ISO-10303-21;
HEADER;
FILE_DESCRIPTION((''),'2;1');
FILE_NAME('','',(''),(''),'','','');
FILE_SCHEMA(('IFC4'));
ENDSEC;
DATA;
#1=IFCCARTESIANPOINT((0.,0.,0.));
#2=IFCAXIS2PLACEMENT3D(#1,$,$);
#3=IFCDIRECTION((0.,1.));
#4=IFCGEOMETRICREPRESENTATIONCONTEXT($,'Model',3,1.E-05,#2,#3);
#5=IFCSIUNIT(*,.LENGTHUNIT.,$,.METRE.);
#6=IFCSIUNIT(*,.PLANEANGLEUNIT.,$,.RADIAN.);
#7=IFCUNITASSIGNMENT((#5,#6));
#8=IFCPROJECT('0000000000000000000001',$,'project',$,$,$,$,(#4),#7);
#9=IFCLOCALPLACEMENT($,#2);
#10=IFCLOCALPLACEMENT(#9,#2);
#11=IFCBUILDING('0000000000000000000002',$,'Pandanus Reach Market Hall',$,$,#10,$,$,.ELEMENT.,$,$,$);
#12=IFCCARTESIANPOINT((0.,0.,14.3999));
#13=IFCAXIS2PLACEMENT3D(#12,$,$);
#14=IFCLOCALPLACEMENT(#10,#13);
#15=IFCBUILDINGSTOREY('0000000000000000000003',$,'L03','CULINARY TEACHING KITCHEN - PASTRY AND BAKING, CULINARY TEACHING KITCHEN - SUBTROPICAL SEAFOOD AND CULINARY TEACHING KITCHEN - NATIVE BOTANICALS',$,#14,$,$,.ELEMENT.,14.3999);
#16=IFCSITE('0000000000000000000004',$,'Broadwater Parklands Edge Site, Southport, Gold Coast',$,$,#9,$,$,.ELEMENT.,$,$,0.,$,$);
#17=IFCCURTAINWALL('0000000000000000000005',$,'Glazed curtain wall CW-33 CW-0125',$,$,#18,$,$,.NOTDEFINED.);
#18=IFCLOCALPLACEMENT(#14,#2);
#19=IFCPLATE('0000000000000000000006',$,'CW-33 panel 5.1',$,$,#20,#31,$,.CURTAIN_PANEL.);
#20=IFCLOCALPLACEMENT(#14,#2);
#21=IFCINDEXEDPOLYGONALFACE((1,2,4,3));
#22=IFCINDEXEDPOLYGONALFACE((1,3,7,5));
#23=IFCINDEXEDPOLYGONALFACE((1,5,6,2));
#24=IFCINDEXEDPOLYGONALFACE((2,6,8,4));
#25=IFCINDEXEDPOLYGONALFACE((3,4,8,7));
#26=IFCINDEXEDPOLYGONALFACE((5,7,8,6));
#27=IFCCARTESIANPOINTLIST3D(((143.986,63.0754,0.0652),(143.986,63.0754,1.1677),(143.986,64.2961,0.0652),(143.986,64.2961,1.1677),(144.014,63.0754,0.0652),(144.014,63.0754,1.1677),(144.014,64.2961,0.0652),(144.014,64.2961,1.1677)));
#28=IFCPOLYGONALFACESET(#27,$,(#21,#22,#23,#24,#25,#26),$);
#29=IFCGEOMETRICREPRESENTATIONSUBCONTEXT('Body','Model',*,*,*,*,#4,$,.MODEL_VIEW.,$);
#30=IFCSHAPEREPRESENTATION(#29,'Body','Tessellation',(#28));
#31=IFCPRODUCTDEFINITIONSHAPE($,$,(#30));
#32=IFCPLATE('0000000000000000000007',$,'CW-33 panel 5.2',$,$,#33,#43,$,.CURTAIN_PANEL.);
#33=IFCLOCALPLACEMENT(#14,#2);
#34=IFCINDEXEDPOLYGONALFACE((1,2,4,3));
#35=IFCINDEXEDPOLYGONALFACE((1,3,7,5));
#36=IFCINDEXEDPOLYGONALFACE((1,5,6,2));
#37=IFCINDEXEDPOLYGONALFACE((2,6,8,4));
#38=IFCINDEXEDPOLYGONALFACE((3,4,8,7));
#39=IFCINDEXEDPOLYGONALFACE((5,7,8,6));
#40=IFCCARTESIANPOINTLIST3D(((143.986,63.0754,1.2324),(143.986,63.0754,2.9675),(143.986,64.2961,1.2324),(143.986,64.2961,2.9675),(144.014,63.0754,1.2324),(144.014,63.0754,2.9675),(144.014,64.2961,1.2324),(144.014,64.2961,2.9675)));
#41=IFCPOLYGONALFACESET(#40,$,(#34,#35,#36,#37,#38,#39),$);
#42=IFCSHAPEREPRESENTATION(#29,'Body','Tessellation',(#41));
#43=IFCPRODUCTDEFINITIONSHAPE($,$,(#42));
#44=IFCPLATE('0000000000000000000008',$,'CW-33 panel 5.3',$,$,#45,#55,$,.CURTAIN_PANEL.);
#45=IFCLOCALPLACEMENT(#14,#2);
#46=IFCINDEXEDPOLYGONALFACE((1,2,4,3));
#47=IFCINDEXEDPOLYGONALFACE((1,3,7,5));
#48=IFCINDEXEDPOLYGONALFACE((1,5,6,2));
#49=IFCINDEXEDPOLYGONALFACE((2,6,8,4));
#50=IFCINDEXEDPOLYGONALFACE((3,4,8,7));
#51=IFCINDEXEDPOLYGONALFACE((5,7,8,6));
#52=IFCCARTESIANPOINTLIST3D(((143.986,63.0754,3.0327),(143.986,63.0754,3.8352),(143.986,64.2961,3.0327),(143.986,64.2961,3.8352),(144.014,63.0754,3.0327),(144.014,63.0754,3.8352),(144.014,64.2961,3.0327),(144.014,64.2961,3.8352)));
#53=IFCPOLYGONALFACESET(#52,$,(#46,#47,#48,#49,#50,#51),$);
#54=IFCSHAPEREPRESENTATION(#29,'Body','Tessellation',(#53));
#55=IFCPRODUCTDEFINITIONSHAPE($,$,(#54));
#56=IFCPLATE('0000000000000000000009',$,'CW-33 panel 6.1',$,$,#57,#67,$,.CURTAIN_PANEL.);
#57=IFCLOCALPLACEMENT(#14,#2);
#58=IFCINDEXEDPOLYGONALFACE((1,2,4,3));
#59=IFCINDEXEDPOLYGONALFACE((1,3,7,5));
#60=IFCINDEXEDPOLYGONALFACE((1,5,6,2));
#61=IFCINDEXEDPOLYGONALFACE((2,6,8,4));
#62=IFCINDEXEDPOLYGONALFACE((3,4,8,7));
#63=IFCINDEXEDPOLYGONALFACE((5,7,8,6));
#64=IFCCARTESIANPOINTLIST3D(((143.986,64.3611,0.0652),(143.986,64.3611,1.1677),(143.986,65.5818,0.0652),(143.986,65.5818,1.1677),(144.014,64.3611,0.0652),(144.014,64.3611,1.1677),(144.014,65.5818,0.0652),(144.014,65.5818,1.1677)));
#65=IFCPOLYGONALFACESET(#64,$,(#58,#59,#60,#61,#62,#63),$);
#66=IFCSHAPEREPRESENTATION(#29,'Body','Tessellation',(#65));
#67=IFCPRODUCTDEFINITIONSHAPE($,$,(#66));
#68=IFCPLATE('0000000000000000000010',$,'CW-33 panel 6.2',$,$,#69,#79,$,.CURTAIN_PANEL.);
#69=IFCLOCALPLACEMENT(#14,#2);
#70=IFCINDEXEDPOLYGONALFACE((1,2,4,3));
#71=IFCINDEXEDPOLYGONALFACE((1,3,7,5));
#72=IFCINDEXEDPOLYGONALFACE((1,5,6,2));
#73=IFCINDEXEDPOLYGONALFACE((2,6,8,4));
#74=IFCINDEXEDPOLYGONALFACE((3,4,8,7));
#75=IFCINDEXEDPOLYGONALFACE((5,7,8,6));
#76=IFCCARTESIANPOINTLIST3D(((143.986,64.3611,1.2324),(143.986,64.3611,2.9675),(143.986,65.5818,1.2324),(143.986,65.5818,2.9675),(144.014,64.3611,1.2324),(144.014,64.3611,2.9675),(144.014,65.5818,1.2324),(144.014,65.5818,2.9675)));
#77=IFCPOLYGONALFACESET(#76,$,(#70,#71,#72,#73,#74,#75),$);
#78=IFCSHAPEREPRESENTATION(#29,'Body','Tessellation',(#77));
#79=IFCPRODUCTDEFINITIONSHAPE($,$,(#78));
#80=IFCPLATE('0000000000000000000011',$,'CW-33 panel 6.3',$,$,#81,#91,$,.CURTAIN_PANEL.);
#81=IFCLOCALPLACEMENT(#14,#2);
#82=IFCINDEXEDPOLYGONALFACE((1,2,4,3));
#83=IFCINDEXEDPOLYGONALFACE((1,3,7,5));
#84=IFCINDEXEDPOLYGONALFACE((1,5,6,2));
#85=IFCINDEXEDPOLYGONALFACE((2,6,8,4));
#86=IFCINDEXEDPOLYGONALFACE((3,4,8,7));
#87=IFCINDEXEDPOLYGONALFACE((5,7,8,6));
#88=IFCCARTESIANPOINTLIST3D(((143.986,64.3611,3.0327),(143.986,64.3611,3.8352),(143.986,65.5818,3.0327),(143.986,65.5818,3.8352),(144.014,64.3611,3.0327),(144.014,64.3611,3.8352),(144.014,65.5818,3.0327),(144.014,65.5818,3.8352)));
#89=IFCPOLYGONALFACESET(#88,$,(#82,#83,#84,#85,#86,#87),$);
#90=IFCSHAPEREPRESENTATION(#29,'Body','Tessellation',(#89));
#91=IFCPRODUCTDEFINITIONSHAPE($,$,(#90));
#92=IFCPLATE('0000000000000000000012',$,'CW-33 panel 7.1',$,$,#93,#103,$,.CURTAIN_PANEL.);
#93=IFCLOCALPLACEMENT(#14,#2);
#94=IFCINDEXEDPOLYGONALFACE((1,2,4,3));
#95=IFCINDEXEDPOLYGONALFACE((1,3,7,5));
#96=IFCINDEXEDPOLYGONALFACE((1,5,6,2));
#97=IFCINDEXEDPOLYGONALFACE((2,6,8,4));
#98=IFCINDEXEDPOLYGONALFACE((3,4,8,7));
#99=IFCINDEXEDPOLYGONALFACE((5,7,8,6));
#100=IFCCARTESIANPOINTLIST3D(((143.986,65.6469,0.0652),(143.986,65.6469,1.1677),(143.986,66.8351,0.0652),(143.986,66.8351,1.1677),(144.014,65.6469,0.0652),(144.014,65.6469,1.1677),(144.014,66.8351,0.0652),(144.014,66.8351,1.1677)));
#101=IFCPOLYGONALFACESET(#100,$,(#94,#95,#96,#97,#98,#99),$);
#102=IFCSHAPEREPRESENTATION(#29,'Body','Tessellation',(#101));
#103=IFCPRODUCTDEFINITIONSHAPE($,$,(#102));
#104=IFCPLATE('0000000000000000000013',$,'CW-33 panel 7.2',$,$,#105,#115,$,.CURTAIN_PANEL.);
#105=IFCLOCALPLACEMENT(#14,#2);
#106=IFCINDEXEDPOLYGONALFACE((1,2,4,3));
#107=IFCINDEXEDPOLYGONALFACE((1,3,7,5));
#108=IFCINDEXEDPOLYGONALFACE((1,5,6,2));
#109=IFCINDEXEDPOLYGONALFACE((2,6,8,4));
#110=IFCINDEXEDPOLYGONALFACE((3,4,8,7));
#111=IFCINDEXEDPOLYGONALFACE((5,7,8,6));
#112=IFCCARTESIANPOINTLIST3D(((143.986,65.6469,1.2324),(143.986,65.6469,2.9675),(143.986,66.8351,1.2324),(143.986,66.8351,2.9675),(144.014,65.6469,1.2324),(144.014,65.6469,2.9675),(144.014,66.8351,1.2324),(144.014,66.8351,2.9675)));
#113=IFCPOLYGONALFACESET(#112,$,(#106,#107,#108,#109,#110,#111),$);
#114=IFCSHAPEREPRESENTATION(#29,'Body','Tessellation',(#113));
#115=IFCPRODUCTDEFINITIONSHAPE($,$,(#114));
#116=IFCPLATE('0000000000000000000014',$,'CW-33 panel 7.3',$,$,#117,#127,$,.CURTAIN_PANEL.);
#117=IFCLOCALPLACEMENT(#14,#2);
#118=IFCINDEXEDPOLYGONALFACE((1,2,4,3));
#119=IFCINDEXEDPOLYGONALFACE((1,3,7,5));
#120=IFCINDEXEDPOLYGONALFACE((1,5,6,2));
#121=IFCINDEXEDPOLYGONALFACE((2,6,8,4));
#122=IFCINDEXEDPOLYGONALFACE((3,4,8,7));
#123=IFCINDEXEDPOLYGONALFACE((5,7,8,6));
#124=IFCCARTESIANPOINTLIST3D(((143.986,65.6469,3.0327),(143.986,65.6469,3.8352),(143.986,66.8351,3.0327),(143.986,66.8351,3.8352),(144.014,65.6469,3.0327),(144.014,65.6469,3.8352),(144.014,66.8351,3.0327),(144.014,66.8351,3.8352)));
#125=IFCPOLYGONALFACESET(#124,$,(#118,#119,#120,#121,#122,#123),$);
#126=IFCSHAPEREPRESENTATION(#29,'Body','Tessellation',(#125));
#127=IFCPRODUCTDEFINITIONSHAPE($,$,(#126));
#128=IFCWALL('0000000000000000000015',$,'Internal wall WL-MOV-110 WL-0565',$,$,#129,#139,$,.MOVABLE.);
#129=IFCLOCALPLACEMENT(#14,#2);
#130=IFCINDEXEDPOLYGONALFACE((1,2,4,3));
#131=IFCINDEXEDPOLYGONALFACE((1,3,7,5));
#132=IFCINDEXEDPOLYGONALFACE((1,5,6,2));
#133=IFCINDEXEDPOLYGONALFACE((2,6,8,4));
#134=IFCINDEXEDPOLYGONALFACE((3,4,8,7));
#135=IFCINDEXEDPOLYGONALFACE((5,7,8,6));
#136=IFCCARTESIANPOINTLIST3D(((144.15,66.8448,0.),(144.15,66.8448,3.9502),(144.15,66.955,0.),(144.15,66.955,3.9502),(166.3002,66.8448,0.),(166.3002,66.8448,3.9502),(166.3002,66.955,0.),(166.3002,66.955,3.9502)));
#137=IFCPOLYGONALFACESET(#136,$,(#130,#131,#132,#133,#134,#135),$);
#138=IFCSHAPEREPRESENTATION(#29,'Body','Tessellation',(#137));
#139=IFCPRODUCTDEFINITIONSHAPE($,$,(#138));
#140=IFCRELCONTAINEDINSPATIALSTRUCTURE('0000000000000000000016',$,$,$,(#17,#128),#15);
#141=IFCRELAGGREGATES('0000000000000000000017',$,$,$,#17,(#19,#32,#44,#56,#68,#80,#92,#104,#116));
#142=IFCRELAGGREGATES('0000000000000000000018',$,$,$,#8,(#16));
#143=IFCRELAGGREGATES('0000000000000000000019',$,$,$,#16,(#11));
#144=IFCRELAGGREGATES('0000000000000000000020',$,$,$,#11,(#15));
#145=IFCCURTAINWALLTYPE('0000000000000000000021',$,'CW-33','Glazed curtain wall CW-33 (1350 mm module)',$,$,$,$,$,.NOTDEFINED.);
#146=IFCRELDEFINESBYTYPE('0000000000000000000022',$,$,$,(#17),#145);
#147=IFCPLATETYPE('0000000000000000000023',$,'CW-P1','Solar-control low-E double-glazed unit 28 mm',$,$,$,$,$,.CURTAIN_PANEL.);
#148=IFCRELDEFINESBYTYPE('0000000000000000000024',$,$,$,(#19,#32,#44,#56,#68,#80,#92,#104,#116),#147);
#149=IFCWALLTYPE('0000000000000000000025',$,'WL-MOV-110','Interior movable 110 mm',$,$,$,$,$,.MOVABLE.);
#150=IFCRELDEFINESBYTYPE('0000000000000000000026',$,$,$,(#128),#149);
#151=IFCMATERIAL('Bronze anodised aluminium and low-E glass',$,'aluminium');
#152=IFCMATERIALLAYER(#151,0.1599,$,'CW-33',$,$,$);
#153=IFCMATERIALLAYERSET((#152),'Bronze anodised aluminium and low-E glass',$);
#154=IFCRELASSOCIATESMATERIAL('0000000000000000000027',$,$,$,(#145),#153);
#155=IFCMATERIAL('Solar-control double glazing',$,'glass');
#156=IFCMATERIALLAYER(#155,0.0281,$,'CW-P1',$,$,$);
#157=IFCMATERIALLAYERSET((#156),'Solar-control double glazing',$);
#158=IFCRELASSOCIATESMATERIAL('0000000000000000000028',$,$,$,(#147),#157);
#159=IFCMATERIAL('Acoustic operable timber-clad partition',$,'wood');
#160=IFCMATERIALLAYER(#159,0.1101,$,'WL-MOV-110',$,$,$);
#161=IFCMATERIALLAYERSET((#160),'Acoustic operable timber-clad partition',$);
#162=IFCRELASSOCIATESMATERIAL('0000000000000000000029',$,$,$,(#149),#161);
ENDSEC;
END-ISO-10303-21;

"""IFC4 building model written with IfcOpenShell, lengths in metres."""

from ifc_helpers import new_model, si_unit, direction, frame, frame_2d, origin, origin_2d, place, context, subcontext, project, spatial, rectangle, extrude, material, layer, layer_set, type_object, element, aggregate, save


model = new_model("IFC4")

# Units and contexts
model_context = context("Model", 3, precision=1e-05, world=origin(), true_north=direction((0.0, 1.0)))
body_context = subcontext(model_context, "Body", "Model", "MODEL_VIEW")
ifc_project = project(units=[si_unit("LENGTHUNIT", "METRE"), si_unit("PLANEANGLEUNIT", "RADIAN")], contexts=[model_context])

# Site, building, storey
site_placement = place(None, origin())
site = spatial("IfcSite", under=ifc_project, at=site_placement, Name="Broadwater Parklands Edge Site, Southport, Gold Coast", CompositionType="ELEMENT", RefElevation=0.0)
building_placement = place(site_placement, origin())
building = spatial("IfcBuilding", under=site, at=building_placement, Name="Pandanus Reach Market Hall", CompositionType="ELEMENT")
storey_placement = place(building_placement, frame((0.0, 0.0, 14.3999)))
storey = spatial("IfcBuildingStorey", under=building, at=storey_placement, Name="L03", Description="CULINARY TEACHING KITCHEN - PASTRY AND BAKING, CULINARY TEACHING KITCHEN - SUBTROPICAL SEAFOOD AND CULINARY TEACHING KITCHEN - NATIVE BOTANICALS", CompositionType="ELEMENT", Elevation=14.3999)

# Curtain wall
ifc_material_1 = material(Name="Bronze anodised aluminium and low-E glass", Category="aluminium")
ifc_layer_1 = layer(ifc_material_1, 0.1599, Name="CW-33")
ifc_layer_set_1 = layer_set([ifc_layer_1], Name="Bronze anodised aluminium and low-E glass")
curtain_wall_type = type_object("IfcCurtainWallType", Name="CW-33", Description="Glazed curtain wall CW-33 (1350 mm module)", PredefinedType="NOTDEFINED", material=ifc_layer_set_1)
curtain_wall_1_placement = place(storey_placement, origin())
curtain_wall_1 = element("IfcCurtainWall", 1, at=curtain_wall_1_placement, inside=storey, type_object=curtain_wall_type, Name="Glazed curtain wall CW-33 CW-0125", PredefinedType="NOTDEFINED")

# Plates
ifc_material_2 = material(Name="Solar-control double glazing", Category="glass")
ifc_layer_2 = layer(ifc_material_2, 0.0281, Name="CW-P1")
ifc_layer_set_2 = layer_set([ifc_layer_2], Name="Solar-control double glazing")
plate_type = type_object("IfcPlateType", Name="CW-P1", Description="Solar-control low-E double-glazed unit 28 mm", PredefinedType="CURTAIN_PANEL", material=ifc_layer_set_2)
plate_1_placement = place(storey_placement, frame((144.0, 63.6858, 0.0652), z_axis=(0.0, 0.0, 1.0), x_axis=(0.0, 1.0, 0.0)))
plate_1 = element("IfcPlate", 2, at=plate_1_placement, type_object=plate_type, Name="CW-33 panel 5.1", PredefinedType="CURTAIN_PANEL", context=body_context, shape_type="SweptSolid", body=[
    extrude(rectangle(XDim=1.2207, YDim=0.0281, at=origin_2d()), origin(), (0.0, 0.0, 1.0), 1.1025),
])
plate_2_placement = place(storey_placement, frame((144.0, 63.6858, 1.2324), z_axis=(0.0, 0.0, 1.0), x_axis=(0.0, 1.0, 0.0)))
plate_2 = element("IfcPlate", 3, at=plate_2_placement, type_object=plate_type, Name="CW-33 panel 5.2", PredefinedType="CURTAIN_PANEL", context=body_context, shape_type="SweptSolid", body=[
    extrude(rectangle(XDim=1.2207, YDim=0.0281, at=origin_2d()), origin(), (0.0, 0.0, 1.0), 1.7351),
])
plate_3_placement = place(storey_placement, frame((144.0, 63.6858, 3.0327), z_axis=(0.0, 0.0, 1.0), x_axis=(0.0, 1.0, 0.0)))
plate_3 = element("IfcPlate", 4, at=plate_3_placement, type_object=plate_type, Name="CW-33 panel 5.3", PredefinedType="CURTAIN_PANEL", context=body_context, shape_type="SweptSolid", body=[
    extrude(rectangle(XDim=1.2207, YDim=0.0281, at=origin_2d()), origin(), (0.0, 0.0, 1.0), 0.8025),
])
plate_4_placement = place(storey_placement, frame((144.0, 64.9714, 0.0652), z_axis=(0.0, 0.0, 1.0), x_axis=(0.0, 1.0, 0.0)))
plate_4 = element("IfcPlate", 5, at=plate_4_placement, type_object=plate_type, Name="CW-33 panel 6.1", PredefinedType="CURTAIN_PANEL", context=body_context, shape_type="SweptSolid", body=[
    extrude(rectangle(XDim=1.2207, YDim=0.0281, at=origin_2d()), origin(), (0.0, 0.0, 1.0), 1.1025),
])
plate_5_placement = place(storey_placement, frame((144.0, 64.9714, 1.2324), z_axis=(0.0, 0.0, 1.0), x_axis=(0.0, 1.0, 0.0)))
plate_5 = element("IfcPlate", 6, at=plate_5_placement, type_object=plate_type, Name="CW-33 panel 6.2", PredefinedType="CURTAIN_PANEL", context=body_context, shape_type="SweptSolid", body=[
    extrude(rectangle(XDim=1.2207, YDim=0.0281, at=origin_2d()), origin(), (0.0, 0.0, 1.0), 1.7351),
])
plate_6_placement = place(storey_placement, frame((144.0, 64.9714, 3.0327), z_axis=(0.0, 0.0, 1.0), x_axis=(0.0, 1.0, 0.0)))
plate_6 = element("IfcPlate", 7, at=plate_6_placement, type_object=plate_type, Name="CW-33 panel 6.3", PredefinedType="CURTAIN_PANEL", context=body_context, shape_type="SweptSolid", body=[
    extrude(rectangle(XDim=1.2207, YDim=0.0281, at=origin_2d()), origin(), (0.0, 0.0, 1.0), 0.8025),
])
plate_7_placement = place(storey_placement, frame((144.0, 66.241, 0.0652), z_axis=(0.0, 0.0, 1.0), x_axis=(0.0, 1.0, 0.0)))
plate_7 = element("IfcPlate", 8, at=plate_7_placement, type_object=plate_type, Name="CW-33 panel 7.1", PredefinedType="CURTAIN_PANEL", context=body_context, shape_type="SweptSolid", body=[
    extrude(rectangle(XDim=1.1882, YDim=0.0281, at=origin_2d()), origin(), (0.0, 0.0, 1.0), 1.1025),
])
plate_8_placement = place(storey_placement, frame((144.0, 66.241, 1.2324), z_axis=(0.0, 0.0, 1.0), x_axis=(0.0, 1.0, 0.0)))
plate_8 = element("IfcPlate", 9, at=plate_8_placement, type_object=plate_type, Name="CW-33 panel 7.2", PredefinedType="CURTAIN_PANEL", context=body_context, shape_type="SweptSolid", body=[
    extrude(rectangle(XDim=1.1882, YDim=0.0281, at=origin_2d()), origin(), (0.0, 0.0, 1.0), 1.7351),
])
plate_9_placement = place(storey_placement, frame((144.0, 66.241, 3.0327), z_axis=(0.0, 0.0, 1.0), x_axis=(0.0, 1.0, 0.0)))
plate_9 = element("IfcPlate", 10, at=plate_9_placement, type_object=plate_type, Name="CW-33 panel 7.3", PredefinedType="CURTAIN_PANEL", context=body_context, shape_type="SweptSolid", body=[
    extrude(rectangle(XDim=1.1882, YDim=0.0281, at=origin_2d()), origin(), (0.0, 0.0, 1.0), 0.8025),
])
aggregate(curtain_wall_1, [plate_1, plate_2, plate_3, plate_4, plate_5, plate_6, plate_7, plate_8, plate_9])

# Wall
ifc_material_3 = material(Name="Acoustic operable timber-clad partition", Category="wood")
ifc_layer_3 = layer(ifc_material_3, 0.1101, Name="WL-MOV-110")
ifc_layer_set_3 = layer_set([ifc_layer_3], Name="Acoustic operable timber-clad partition")
wall_type = type_object("IfcWallType", Name="WL-MOV-110", Description="Interior movable 110 mm", PredefinedType="MOVABLE", material=ifc_layer_set_3)
wall_placement = place(storey_placement, frame((144.1499, 66.8999, 0.0), z_axis=(0.0, 0.0, 1.0), x_axis=(1.0, 0.0, 0.0)))
element("IfcWall", 11, at=wall_placement, inside=storey, type_object=wall_type, Name="Internal wall WL-MOV-110 WL-0565", PredefinedType="MOVABLE", context=body_context, shape_type="SweptSolid", body=[
    extrude(rectangle(XDim=22.1501, YDim=0.1101, at=frame_2d((11.0752, 0.0))), origin(), (0.0, 0.0, 1.0), 3.9502),
])

save(model, "model.ifc")
